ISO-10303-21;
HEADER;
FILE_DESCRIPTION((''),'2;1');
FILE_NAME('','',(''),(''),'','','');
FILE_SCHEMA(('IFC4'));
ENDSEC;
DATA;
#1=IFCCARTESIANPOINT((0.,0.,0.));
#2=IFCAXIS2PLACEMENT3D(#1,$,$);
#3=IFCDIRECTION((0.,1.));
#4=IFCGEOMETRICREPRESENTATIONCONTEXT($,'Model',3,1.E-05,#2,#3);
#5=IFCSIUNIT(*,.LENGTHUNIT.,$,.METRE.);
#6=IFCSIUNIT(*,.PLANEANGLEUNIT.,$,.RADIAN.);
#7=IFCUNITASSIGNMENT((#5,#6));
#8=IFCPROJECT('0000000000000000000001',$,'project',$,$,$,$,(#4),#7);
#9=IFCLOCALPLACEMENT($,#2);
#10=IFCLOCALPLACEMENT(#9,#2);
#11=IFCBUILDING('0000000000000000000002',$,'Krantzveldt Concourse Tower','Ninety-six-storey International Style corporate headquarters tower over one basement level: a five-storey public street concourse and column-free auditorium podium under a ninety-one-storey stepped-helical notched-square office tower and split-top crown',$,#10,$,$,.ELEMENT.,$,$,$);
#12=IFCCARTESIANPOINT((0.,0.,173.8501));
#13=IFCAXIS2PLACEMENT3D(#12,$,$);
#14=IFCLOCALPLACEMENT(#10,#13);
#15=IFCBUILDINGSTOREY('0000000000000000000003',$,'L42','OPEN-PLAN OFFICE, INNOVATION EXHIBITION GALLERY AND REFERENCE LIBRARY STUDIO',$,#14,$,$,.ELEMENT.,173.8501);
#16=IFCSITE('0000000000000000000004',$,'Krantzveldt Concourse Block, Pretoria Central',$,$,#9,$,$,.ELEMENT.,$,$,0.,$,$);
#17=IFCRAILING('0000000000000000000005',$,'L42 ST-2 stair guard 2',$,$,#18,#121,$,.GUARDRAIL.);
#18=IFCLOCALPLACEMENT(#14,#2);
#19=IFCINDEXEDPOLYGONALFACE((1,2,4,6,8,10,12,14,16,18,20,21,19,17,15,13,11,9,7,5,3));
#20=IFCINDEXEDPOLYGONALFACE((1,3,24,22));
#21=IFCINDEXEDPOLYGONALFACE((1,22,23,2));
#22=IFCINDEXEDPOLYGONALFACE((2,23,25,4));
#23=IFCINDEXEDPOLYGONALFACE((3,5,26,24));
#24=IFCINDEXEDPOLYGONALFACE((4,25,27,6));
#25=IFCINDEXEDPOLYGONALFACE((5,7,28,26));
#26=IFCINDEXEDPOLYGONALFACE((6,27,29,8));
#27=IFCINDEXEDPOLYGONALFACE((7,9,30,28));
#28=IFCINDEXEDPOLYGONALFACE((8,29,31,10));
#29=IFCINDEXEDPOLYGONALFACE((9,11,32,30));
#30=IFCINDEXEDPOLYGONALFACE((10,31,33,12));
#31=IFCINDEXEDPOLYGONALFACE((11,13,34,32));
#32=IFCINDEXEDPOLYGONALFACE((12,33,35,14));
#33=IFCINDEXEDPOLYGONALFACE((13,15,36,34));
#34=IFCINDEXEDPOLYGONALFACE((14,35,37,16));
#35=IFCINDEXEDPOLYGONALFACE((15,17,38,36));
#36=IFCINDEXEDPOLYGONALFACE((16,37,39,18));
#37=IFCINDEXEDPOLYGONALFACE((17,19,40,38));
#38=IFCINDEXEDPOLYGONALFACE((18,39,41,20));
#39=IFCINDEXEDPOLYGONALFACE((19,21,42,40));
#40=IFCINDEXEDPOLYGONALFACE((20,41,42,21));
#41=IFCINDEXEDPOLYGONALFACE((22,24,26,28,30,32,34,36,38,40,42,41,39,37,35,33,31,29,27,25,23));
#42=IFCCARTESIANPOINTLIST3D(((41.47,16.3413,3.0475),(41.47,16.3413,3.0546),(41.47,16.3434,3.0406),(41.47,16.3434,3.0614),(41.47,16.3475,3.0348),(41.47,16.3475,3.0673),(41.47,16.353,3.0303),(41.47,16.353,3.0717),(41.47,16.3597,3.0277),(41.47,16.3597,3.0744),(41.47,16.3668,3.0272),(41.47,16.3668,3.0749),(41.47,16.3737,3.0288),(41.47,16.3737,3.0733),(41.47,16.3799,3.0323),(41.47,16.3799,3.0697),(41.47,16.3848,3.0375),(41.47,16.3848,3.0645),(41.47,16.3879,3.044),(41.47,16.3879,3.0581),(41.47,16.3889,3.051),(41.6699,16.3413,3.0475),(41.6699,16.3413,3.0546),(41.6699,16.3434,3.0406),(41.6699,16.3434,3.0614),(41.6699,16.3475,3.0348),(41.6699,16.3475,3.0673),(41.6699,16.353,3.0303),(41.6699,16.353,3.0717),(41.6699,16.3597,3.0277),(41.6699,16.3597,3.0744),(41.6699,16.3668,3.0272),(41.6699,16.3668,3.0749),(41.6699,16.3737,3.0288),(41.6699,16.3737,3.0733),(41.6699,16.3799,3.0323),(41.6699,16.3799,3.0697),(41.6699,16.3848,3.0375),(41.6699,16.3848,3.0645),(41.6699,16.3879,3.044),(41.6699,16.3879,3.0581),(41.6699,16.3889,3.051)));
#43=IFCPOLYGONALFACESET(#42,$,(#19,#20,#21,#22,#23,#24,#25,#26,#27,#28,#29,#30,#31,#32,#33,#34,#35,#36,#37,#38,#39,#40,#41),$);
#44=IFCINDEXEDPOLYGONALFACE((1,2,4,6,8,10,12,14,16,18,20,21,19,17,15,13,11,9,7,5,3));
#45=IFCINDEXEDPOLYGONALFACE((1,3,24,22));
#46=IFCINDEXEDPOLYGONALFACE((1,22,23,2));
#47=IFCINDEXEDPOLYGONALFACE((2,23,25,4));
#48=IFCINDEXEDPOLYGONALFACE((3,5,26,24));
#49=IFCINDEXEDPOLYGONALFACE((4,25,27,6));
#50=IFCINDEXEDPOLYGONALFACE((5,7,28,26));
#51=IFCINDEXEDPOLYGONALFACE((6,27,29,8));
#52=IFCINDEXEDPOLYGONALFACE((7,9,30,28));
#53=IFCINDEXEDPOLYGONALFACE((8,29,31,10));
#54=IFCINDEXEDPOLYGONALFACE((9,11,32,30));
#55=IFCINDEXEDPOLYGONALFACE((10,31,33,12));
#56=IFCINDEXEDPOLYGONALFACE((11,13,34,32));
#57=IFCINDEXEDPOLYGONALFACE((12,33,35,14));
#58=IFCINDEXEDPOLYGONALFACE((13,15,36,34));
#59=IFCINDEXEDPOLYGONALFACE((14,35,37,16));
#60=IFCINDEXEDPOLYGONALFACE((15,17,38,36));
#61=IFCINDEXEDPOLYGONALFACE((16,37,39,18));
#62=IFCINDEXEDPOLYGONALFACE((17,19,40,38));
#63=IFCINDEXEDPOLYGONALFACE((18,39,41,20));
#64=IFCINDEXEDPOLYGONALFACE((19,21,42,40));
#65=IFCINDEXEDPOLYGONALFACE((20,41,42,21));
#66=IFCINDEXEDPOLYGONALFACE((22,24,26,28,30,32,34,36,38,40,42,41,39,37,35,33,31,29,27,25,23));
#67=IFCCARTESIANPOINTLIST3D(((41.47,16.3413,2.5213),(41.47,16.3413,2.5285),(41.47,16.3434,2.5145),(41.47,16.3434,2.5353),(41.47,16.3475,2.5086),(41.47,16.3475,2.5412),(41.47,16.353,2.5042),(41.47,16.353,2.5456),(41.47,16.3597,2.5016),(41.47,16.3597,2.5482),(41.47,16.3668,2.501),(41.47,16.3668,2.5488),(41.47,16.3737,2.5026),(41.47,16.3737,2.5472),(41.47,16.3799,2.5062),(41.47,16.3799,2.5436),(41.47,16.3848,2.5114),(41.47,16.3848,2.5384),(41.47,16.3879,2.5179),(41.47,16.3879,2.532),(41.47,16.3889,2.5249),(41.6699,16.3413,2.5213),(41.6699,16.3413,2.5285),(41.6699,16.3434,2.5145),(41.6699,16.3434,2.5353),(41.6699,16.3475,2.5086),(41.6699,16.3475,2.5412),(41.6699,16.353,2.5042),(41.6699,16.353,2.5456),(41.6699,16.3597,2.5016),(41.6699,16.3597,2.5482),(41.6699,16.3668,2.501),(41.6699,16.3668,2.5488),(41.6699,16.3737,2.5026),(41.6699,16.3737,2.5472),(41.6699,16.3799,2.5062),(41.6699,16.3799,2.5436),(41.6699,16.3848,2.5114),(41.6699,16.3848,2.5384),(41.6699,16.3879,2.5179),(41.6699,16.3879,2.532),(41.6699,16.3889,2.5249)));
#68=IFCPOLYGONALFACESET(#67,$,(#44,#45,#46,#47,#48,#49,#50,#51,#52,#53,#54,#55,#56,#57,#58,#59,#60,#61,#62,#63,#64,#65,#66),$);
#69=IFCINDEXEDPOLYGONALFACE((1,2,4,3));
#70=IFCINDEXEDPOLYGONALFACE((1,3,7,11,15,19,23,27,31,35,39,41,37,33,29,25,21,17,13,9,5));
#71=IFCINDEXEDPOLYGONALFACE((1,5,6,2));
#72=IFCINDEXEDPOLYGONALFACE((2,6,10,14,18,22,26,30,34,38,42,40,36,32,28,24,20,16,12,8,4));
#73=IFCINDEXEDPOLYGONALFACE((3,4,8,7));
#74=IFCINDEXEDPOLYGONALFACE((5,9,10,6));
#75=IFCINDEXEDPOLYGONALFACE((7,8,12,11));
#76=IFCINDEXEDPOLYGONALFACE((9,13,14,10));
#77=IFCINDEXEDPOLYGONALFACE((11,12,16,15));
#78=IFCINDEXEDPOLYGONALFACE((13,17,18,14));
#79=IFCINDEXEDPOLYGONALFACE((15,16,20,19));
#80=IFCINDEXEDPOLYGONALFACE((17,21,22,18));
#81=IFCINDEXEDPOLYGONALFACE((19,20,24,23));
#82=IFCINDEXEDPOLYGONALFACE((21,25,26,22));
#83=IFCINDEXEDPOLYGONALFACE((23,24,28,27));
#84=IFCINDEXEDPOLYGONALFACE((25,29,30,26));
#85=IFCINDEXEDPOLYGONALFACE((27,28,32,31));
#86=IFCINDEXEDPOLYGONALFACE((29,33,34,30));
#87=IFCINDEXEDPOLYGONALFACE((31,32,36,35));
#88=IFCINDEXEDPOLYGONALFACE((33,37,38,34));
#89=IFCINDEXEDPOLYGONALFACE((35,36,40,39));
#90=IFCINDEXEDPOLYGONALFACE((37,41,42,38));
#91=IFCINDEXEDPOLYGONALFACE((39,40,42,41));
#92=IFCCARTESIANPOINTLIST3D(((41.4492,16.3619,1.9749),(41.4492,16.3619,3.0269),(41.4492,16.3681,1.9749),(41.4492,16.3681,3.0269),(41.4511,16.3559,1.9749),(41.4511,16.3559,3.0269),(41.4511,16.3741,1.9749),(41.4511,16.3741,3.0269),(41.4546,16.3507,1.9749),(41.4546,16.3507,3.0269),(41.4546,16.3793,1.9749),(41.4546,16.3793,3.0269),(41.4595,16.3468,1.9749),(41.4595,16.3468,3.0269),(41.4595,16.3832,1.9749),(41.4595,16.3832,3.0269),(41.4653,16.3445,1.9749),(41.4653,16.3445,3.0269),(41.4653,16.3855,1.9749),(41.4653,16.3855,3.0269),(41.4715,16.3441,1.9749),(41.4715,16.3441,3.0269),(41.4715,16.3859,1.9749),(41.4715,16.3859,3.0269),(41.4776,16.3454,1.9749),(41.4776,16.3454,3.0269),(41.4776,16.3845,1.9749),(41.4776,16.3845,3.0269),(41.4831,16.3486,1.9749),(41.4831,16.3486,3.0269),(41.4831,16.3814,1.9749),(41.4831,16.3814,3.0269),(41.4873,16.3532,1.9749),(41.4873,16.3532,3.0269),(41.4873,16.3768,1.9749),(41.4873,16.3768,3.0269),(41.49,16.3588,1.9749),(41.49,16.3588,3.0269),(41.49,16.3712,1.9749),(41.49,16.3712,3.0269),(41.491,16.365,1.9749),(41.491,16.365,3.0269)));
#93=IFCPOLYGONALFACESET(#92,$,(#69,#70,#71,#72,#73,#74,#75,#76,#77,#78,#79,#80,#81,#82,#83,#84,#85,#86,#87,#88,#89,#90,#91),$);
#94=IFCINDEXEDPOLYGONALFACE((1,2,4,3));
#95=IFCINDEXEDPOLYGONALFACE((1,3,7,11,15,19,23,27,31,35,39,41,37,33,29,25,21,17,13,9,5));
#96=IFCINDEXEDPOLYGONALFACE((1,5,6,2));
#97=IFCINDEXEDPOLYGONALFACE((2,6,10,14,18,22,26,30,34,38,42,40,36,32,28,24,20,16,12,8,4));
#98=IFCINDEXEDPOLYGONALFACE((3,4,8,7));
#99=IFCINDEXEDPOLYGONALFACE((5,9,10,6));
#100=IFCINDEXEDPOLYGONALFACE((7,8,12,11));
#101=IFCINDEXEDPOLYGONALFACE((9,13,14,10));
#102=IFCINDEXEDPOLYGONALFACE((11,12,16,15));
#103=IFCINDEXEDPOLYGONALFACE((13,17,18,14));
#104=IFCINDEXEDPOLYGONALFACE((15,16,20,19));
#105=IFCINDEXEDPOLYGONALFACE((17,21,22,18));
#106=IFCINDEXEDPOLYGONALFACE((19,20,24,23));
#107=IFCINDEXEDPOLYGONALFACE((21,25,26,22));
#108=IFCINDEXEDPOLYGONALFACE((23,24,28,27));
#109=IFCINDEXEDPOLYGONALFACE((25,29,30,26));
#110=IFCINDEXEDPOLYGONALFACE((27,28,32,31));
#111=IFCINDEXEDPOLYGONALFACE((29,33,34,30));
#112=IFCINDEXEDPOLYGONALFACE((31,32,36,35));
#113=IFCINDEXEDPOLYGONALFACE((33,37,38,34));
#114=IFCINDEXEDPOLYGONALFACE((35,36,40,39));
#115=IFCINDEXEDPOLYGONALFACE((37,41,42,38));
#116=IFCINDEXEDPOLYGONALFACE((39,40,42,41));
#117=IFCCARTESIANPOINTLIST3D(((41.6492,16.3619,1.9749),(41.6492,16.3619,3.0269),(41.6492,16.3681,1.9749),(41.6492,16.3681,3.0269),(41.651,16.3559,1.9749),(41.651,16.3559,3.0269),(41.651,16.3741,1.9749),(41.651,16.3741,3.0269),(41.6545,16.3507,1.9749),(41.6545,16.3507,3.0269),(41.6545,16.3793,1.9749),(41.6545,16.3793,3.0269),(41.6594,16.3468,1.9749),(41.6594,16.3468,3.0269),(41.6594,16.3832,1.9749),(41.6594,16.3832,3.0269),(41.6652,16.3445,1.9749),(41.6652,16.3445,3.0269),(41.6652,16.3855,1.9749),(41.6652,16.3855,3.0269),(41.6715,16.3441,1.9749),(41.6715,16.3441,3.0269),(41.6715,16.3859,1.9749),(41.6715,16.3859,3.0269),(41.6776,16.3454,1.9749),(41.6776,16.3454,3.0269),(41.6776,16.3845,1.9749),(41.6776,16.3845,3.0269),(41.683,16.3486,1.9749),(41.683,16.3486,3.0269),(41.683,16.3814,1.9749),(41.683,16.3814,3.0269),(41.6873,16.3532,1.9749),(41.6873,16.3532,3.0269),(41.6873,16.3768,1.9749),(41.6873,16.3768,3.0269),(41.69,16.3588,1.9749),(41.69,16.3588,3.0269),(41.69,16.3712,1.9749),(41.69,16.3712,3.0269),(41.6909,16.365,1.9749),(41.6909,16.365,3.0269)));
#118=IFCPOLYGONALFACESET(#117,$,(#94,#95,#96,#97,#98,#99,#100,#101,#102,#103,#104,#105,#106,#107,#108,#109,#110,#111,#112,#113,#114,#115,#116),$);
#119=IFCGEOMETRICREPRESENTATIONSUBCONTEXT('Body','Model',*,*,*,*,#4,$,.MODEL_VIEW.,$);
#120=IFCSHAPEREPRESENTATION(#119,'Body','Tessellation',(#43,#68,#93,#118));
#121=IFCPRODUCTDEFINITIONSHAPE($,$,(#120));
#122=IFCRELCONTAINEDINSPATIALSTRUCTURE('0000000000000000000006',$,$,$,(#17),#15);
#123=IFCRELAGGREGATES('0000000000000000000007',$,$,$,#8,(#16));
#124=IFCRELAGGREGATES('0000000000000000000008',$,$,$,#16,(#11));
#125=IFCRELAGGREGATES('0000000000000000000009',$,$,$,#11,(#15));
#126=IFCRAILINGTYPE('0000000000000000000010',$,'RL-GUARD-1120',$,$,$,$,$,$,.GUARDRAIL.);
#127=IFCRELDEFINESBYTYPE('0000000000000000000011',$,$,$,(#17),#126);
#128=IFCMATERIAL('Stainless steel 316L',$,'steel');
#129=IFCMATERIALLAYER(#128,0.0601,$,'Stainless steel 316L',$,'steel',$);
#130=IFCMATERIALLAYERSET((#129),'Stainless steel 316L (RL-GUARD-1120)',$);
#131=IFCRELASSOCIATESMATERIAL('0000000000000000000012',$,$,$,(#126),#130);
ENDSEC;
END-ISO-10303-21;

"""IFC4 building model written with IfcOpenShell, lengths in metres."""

from ifc_helpers import new_model, si_unit, direction, frame, origin, origin_2d, place, context, subcontext, project, spatial, circle, extrude, material, layer, layer_set, type_object, element, save


model = new_model("IFC4")

# Units and contexts
model_context = context("Model", 3, precision=1e-05, world=origin(), true_north=direction((0.0, 1.0)))
body_context = subcontext(model_context, "Body", "Model", "MODEL_VIEW")
ifc_project = project(units=[si_unit("LENGTHUNIT", "METRE"), si_unit("PLANEANGLEUNIT", "RADIAN")], contexts=[model_context])

# Site, building, storey
site_placement = place(None, origin())
site = spatial("IfcSite", under=ifc_project, at=site_placement, Name="Krantzveldt Concourse Block, Pretoria Central", CompositionType="ELEMENT", RefElevation=0.0)
building_placement = place(site_placement, origin())
building = spatial("IfcBuilding", under=site, at=building_placement, Name="Krantzveldt Concourse Tower", Description="Ninety-six-storey International Style corporate headquarters tower over one basement level: a five-storey public street concourse and column-free auditorium podium under a ninety-one-storey stepped-helical notched-square office tower and split-top crown", CompositionType="ELEMENT")
storey_placement = place(building_placement, frame((0.0, 0.0, 173.8501)))
storey = spatial("IfcBuildingStorey", under=building, at=storey_placement, Name="L42", Description="OPEN-PLAN OFFICE, INNOVATION EXHIBITION GALLERY AND REFERENCE LIBRARY STUDIO", CompositionType="ELEMENT", Elevation=173.8501)

# Shared definitions
ifc_material_1 = material(Name="Stainless steel 316L", Category="steel")

# Railing
ifc_layer_1 = layer(ifc_material_1, 0.0601, Name="Stainless steel 316L", Category="steel")
ifc_layer_set_1 = layer_set([ifc_layer_1], Name="Stainless steel 316L (RL-GUARD-1120)")
railing_type_1 = type_object("IfcRailingType", Name="RL-GUARD-1120", PredefinedType="GUARDRAIL", material=ifc_layer_set_1)
railing_1_placement = place(storey_placement, frame((41.47, 16.365, 1.9749)))
element("IfcRailing", 1, at=railing_1_placement, inside=storey, type_object=railing_type_1, Name="L42 ST-2 stair guard 2", PredefinedType="GUARDRAIL", context=body_context, shape_type="SweptSolid", body=[
    extrude(circle(Radius=0.0239, at=origin_2d()), frame((0.0, 0.0, 1.0762), z_axis=(1.0, 0.0, 0.0), x_axis=(0.0, 1.0, 0.0)), (0.0, 0.0, 1.0), 0.2),
    extrude(circle(Radius=0.0239, at=origin_2d()), frame((0.0, 0.0, 0.55), z_axis=(1.0, 0.0, 0.0), x_axis=(0.0, 1.0, 0.0)), (0.0, 0.0, 1.0), 0.2),
    extrude(circle(Radius=0.021, at=origin_2d()), origin(), (0.0, 0.0, 1.0), 1.052),
    extrude(circle(Radius=0.021, at=origin_2d()), frame((0.2, 0.0, 0.0)), (0.0, 0.0, 1.0), 1.052),
])

save(model, "model.ifc")
